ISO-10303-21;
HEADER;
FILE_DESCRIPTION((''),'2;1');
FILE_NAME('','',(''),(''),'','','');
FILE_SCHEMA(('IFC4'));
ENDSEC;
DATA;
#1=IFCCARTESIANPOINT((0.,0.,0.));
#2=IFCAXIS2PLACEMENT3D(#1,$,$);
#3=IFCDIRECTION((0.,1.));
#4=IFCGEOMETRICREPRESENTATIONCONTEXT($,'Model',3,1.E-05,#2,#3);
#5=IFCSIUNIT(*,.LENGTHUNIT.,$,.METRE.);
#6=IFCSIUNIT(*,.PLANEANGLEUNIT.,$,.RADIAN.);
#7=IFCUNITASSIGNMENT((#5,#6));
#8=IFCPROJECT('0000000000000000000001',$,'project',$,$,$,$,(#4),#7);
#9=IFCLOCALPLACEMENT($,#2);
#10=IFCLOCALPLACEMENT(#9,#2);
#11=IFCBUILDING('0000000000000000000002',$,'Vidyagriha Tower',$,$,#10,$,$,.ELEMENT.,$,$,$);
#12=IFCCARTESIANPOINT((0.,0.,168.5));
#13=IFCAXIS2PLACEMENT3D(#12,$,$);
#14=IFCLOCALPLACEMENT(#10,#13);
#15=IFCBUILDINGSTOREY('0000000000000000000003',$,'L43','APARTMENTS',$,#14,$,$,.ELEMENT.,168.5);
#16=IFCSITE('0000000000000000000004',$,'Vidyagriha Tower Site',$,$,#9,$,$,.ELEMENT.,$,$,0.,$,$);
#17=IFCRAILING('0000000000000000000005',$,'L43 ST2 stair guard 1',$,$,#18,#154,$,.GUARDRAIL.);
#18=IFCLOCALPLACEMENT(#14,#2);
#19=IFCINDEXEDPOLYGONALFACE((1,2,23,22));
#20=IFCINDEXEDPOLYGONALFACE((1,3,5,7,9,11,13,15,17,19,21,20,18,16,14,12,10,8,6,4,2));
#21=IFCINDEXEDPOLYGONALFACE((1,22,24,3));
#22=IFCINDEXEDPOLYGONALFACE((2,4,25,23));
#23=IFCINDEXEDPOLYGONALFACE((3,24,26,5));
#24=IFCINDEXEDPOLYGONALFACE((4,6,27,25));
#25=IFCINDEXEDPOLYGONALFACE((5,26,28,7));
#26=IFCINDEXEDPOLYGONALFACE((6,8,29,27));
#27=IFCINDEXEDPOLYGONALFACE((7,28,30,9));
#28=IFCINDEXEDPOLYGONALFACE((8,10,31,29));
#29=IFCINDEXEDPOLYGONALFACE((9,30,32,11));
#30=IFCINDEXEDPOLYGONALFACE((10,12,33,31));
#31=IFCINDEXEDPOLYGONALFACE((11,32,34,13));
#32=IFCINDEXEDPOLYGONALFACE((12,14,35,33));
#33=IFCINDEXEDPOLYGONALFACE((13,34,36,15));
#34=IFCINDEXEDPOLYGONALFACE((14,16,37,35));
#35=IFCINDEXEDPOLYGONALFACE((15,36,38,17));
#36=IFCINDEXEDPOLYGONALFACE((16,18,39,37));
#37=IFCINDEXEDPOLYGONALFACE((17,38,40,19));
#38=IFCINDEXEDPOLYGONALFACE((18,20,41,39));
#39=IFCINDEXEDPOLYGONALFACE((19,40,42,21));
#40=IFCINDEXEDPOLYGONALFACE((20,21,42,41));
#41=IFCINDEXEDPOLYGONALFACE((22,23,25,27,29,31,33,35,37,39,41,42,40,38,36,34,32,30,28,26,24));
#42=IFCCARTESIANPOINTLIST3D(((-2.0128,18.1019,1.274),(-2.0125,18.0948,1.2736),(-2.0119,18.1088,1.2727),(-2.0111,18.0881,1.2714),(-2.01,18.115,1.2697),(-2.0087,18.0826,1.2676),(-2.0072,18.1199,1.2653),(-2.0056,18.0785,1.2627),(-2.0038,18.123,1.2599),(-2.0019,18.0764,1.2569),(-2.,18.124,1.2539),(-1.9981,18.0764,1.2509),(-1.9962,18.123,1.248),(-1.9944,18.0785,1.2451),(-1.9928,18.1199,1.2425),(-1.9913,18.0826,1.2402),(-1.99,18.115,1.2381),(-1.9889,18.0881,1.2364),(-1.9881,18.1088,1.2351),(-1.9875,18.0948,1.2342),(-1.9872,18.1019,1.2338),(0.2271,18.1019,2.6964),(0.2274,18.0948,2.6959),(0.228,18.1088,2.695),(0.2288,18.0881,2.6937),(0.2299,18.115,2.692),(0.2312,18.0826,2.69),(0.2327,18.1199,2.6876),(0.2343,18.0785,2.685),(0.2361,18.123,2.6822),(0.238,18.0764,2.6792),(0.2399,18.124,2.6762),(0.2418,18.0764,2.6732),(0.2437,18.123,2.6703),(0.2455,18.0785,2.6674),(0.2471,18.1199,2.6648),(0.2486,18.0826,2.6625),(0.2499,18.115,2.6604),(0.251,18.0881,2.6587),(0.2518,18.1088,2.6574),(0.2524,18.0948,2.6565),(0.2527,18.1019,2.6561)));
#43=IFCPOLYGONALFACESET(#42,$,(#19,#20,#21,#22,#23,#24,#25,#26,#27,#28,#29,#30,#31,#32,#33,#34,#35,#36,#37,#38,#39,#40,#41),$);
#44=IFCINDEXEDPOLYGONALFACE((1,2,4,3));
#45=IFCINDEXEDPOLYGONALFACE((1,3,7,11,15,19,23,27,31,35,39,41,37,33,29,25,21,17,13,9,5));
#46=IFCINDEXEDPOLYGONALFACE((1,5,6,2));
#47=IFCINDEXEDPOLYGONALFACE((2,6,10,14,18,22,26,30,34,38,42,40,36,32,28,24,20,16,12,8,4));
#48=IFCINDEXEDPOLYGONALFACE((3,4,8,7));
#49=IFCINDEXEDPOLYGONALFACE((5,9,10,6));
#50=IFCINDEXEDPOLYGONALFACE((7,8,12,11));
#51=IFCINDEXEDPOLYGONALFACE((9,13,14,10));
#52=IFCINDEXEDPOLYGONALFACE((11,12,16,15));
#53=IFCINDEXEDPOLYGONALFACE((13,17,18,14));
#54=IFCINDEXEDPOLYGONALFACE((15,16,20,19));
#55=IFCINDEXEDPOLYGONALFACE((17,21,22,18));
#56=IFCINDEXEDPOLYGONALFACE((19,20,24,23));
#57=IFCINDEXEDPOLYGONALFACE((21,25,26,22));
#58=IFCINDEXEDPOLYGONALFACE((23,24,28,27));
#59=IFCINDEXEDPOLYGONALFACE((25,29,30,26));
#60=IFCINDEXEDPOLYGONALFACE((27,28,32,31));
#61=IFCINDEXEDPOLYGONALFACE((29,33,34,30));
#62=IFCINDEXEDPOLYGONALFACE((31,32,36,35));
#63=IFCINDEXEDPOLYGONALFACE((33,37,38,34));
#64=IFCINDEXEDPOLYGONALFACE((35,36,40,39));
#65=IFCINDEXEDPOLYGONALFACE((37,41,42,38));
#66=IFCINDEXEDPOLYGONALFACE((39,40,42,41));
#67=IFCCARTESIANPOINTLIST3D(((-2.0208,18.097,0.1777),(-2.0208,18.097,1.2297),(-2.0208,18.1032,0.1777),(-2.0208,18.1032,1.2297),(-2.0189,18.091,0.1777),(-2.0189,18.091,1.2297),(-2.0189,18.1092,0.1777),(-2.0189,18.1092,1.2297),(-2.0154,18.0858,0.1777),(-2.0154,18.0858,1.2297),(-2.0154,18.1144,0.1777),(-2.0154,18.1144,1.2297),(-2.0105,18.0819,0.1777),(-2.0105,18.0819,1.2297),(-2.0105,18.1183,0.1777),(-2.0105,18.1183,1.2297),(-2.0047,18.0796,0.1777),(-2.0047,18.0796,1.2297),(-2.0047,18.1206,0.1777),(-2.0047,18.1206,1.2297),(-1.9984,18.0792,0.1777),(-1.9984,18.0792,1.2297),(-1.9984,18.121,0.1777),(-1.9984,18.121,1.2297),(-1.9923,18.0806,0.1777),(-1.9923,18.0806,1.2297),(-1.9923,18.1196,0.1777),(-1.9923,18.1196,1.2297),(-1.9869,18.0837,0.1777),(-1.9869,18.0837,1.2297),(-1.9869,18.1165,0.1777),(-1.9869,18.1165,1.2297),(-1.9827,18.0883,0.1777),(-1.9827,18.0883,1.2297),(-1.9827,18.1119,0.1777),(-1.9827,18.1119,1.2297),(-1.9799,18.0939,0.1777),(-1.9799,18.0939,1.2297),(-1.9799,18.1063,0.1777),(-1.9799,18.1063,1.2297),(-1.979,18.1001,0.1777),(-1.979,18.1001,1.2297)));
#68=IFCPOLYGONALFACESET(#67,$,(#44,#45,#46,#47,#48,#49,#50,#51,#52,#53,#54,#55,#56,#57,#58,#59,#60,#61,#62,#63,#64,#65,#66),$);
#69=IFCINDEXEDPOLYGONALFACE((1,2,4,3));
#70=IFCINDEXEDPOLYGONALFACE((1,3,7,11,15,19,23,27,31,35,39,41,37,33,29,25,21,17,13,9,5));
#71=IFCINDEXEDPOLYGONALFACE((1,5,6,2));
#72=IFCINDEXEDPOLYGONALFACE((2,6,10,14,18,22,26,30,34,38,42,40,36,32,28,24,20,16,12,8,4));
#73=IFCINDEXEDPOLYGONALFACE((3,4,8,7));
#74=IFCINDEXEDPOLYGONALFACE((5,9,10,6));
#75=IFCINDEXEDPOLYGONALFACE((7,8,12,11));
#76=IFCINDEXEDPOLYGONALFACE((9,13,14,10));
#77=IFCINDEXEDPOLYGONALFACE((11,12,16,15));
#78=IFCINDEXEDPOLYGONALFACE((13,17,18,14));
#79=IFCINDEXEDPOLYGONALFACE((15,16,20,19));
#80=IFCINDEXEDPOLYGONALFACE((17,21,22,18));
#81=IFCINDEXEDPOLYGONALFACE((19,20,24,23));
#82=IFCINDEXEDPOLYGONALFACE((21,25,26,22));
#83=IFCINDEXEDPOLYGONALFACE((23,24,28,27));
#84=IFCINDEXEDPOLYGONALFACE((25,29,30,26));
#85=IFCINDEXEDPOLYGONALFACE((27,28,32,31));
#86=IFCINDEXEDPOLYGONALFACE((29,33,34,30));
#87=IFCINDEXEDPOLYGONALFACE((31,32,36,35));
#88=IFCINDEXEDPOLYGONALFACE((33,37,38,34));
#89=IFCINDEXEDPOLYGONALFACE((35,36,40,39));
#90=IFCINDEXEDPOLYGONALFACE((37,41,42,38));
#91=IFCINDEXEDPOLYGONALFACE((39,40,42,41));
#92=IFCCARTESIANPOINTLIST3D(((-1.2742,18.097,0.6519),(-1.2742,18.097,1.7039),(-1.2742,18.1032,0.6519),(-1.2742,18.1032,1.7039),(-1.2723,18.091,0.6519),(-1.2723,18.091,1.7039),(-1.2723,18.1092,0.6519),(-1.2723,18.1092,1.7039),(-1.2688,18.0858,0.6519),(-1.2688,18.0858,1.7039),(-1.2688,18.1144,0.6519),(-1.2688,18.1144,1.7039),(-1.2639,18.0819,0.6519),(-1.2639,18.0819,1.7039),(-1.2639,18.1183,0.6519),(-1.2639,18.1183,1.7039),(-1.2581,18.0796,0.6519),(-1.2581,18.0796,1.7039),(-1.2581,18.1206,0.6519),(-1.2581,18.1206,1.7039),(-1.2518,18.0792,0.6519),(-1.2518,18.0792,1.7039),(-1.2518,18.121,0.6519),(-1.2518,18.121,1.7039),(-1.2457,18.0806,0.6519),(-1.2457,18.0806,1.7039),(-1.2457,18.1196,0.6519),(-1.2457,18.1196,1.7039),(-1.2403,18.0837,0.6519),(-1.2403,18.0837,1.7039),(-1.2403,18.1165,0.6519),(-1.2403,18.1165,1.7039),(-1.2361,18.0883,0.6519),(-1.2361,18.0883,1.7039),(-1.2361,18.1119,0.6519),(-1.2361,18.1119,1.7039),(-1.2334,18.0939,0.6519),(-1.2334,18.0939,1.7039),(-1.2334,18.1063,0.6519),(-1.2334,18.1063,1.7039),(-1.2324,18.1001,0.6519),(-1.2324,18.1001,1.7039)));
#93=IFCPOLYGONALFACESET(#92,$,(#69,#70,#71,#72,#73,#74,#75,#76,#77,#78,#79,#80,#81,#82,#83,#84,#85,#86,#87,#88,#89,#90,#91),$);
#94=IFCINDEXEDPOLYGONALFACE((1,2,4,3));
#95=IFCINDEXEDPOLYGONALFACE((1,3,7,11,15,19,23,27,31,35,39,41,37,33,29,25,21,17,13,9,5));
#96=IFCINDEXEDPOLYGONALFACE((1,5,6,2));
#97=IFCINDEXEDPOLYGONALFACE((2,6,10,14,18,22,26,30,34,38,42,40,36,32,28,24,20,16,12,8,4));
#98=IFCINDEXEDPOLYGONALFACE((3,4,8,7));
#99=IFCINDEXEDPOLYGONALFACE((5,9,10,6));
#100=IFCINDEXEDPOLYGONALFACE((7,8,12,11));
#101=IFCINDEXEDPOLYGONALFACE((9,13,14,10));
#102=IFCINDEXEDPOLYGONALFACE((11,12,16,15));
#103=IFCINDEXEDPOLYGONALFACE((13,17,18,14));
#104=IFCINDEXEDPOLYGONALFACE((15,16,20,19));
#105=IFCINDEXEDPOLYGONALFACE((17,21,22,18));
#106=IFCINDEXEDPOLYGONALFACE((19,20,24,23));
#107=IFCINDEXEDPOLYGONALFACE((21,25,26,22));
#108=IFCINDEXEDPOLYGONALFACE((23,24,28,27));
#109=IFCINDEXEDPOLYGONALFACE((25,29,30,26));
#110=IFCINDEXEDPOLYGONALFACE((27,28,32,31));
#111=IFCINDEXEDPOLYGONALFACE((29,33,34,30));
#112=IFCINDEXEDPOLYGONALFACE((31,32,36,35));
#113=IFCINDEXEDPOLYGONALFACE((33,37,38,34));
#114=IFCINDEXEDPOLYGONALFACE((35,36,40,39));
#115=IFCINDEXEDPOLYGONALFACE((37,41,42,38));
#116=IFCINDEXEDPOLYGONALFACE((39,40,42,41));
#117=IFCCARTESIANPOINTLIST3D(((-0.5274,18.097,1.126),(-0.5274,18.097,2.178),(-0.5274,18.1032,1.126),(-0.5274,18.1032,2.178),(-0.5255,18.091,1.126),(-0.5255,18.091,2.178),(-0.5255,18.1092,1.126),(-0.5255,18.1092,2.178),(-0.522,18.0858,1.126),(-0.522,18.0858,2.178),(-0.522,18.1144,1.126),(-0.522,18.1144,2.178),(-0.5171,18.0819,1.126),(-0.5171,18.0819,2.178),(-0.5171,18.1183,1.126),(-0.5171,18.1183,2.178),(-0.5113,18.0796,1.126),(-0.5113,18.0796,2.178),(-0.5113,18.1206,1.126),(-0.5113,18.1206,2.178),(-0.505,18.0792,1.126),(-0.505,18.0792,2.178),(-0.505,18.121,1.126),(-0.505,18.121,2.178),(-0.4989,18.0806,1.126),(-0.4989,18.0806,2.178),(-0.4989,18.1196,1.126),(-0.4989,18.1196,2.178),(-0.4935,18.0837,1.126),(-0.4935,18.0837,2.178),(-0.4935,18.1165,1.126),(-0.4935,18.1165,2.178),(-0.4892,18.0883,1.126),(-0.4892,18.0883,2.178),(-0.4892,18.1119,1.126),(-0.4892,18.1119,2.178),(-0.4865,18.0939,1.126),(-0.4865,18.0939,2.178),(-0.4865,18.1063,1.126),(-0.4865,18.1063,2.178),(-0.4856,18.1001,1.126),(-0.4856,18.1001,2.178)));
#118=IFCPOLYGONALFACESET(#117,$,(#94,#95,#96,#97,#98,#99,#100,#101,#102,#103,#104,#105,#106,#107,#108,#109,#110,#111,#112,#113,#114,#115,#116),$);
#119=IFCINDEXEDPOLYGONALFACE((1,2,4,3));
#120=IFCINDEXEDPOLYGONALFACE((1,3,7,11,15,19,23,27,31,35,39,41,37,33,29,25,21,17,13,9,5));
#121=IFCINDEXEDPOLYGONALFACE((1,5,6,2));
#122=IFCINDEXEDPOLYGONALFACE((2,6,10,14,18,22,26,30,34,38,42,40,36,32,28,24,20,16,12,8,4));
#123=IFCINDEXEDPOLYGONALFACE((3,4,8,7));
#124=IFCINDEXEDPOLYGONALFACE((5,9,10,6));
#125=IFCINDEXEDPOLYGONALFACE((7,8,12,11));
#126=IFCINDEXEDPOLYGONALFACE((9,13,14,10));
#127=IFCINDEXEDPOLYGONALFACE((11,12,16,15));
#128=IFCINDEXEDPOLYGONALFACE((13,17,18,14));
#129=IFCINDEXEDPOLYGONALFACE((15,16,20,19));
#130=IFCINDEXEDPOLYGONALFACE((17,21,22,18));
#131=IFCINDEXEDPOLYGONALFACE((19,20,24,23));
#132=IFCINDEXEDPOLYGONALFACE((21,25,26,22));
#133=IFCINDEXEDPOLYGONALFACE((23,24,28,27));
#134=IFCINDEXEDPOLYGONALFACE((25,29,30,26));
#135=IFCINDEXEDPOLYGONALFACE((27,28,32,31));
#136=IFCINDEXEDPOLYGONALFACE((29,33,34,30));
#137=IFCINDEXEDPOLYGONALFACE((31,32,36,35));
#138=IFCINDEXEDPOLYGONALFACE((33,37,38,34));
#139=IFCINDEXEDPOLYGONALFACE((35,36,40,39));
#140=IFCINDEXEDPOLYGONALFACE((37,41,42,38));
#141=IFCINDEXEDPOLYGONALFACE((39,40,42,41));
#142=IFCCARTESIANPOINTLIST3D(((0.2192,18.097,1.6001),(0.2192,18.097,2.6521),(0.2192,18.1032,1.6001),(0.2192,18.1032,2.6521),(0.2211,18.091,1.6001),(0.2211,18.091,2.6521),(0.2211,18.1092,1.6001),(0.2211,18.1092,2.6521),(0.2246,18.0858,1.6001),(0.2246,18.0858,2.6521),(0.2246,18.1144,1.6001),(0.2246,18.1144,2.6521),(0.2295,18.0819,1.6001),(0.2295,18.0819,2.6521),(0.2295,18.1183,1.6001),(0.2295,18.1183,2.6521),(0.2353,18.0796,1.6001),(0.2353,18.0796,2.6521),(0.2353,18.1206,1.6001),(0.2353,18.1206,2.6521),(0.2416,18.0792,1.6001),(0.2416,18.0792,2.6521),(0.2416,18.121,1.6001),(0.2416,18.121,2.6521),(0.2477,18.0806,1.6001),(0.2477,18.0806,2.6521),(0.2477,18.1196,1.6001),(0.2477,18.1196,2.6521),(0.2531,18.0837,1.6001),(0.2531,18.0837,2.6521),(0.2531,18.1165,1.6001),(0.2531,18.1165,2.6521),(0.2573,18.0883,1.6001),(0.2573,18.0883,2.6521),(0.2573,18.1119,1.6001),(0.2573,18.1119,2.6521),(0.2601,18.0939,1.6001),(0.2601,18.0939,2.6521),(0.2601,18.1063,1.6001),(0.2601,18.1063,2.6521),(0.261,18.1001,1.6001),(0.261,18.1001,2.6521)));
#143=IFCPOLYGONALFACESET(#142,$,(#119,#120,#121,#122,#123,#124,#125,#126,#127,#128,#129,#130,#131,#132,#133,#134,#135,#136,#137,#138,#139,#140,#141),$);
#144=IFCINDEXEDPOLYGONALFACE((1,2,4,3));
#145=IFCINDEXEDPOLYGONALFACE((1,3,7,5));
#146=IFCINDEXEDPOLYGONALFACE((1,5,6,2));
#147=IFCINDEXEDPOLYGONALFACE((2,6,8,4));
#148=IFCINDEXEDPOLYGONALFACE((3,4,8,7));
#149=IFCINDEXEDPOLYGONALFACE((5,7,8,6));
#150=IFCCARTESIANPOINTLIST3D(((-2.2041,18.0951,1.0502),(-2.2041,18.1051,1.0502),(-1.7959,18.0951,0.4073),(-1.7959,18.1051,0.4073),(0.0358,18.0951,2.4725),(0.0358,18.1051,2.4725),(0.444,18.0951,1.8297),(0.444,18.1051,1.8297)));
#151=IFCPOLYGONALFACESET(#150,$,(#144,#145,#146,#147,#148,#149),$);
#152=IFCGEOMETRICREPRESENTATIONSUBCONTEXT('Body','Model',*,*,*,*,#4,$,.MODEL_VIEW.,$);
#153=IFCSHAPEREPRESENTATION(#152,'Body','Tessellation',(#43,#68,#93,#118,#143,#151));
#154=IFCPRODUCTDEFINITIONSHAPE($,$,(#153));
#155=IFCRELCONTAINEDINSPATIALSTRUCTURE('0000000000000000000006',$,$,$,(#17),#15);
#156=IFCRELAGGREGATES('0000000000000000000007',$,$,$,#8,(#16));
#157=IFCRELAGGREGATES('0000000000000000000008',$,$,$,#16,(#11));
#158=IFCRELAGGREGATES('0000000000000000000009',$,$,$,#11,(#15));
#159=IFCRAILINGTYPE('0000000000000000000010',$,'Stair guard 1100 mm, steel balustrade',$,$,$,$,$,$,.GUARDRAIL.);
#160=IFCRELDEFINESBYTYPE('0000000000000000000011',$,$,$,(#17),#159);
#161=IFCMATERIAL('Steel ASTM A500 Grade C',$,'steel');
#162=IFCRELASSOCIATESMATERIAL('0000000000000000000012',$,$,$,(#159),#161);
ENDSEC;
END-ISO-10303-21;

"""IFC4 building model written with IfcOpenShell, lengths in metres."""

from ifc_helpers import new_model, si_unit, direction, frame, origin, origin_2d, place, context, subcontext, project, spatial, rectangle, circle, extrude, material, type_object, element, save


model = new_model("IFC4")

# Units and contexts
model_context = context("Model", 3, precision=1e-05, world=origin(), true_north=direction((0.0, 1.0)))
body_context = subcontext(model_context, "Body", "Model", "MODEL_VIEW")
ifc_project = project(units=[si_unit("LENGTHUNIT", "METRE"), si_unit("PLANEANGLEUNIT", "RADIAN")], contexts=[model_context])

# Site, building, storey
site_placement = place(None, origin())
site = spatial("IfcSite", under=ifc_project, at=site_placement, Name="Vidyagriha Tower Site", CompositionType="ELEMENT", RefElevation=0.0)
building_placement = place(site_placement, origin())
building = spatial("IfcBuilding", under=site, at=building_placement, Name="Vidyagriha Tower", CompositionType="ELEMENT")
storey_placement = place(building_placement, frame((0.0, 0.0, 168.5)))
storey = spatial("IfcBuildingStorey", under=building, at=storey_placement, Name="L43", Description="APARTMENTS", CompositionType="ELEMENT", Elevation=168.5)

# Railing
ifc_material_1 = material(Name="Steel ASTM A500 Grade C", Category="steel")
railing_type_1 = type_object("IfcRailingType", Name="Stair guard 1100 mm, steel balustrade", PredefinedType="GUARDRAIL", material=ifc_material_1)
railing_1_placement = place(storey_placement, frame((-2.0, 18.1001, 0.1777)))
element("IfcRailing", 1, at=railing_1_placement, inside=storey, type_object=railing_type_1, Name="L43 ST2 stair guard 1", PredefinedType="GUARDRAIL", context=body_context, shape_type="SweptSolid", body=[
    extrude(circle(Radius=0.0239, at=origin_2d()), frame((0.0, 0.0, 1.0762), z_axis=(0.844188, 0.0, 0.536048), x_axis=(0.0, 1.0, 0.0)), (0.0, 0.0, 1.0), 2.6533),
    extrude(circle(Radius=0.021, at=origin_2d()), origin(), (0.0, 0.0, 1.0), 1.052),
    extrude(circle(Radius=0.021, at=origin_2d()), frame((0.7466, 0.0, 0.4741)), (0.0, 0.0, 1.0), 1.052),
    extrude(circle(Radius=0.021, at=origin_2d()), frame((1.4934, 0.0, 0.9482)), (0.0, 0.0, 1.0), 1.052),
    extrude(circle(Radius=0.021, at=origin_2d()), frame((2.24, 0.0, 1.4224)), (0.0, 0.0, 1.0), 1.052),
    extrude(rectangle(XDim=0.01, YDim=0.7615, at=origin_2d()), frame((0.0, 0.0, 0.551), z_axis=(0.844188, 0.0, 0.536048), x_axis=(0.0, 1.0, 0.0)), (0.0, 0.0, 1.0), 2.6533),
])

save(model, "model.ifc")
